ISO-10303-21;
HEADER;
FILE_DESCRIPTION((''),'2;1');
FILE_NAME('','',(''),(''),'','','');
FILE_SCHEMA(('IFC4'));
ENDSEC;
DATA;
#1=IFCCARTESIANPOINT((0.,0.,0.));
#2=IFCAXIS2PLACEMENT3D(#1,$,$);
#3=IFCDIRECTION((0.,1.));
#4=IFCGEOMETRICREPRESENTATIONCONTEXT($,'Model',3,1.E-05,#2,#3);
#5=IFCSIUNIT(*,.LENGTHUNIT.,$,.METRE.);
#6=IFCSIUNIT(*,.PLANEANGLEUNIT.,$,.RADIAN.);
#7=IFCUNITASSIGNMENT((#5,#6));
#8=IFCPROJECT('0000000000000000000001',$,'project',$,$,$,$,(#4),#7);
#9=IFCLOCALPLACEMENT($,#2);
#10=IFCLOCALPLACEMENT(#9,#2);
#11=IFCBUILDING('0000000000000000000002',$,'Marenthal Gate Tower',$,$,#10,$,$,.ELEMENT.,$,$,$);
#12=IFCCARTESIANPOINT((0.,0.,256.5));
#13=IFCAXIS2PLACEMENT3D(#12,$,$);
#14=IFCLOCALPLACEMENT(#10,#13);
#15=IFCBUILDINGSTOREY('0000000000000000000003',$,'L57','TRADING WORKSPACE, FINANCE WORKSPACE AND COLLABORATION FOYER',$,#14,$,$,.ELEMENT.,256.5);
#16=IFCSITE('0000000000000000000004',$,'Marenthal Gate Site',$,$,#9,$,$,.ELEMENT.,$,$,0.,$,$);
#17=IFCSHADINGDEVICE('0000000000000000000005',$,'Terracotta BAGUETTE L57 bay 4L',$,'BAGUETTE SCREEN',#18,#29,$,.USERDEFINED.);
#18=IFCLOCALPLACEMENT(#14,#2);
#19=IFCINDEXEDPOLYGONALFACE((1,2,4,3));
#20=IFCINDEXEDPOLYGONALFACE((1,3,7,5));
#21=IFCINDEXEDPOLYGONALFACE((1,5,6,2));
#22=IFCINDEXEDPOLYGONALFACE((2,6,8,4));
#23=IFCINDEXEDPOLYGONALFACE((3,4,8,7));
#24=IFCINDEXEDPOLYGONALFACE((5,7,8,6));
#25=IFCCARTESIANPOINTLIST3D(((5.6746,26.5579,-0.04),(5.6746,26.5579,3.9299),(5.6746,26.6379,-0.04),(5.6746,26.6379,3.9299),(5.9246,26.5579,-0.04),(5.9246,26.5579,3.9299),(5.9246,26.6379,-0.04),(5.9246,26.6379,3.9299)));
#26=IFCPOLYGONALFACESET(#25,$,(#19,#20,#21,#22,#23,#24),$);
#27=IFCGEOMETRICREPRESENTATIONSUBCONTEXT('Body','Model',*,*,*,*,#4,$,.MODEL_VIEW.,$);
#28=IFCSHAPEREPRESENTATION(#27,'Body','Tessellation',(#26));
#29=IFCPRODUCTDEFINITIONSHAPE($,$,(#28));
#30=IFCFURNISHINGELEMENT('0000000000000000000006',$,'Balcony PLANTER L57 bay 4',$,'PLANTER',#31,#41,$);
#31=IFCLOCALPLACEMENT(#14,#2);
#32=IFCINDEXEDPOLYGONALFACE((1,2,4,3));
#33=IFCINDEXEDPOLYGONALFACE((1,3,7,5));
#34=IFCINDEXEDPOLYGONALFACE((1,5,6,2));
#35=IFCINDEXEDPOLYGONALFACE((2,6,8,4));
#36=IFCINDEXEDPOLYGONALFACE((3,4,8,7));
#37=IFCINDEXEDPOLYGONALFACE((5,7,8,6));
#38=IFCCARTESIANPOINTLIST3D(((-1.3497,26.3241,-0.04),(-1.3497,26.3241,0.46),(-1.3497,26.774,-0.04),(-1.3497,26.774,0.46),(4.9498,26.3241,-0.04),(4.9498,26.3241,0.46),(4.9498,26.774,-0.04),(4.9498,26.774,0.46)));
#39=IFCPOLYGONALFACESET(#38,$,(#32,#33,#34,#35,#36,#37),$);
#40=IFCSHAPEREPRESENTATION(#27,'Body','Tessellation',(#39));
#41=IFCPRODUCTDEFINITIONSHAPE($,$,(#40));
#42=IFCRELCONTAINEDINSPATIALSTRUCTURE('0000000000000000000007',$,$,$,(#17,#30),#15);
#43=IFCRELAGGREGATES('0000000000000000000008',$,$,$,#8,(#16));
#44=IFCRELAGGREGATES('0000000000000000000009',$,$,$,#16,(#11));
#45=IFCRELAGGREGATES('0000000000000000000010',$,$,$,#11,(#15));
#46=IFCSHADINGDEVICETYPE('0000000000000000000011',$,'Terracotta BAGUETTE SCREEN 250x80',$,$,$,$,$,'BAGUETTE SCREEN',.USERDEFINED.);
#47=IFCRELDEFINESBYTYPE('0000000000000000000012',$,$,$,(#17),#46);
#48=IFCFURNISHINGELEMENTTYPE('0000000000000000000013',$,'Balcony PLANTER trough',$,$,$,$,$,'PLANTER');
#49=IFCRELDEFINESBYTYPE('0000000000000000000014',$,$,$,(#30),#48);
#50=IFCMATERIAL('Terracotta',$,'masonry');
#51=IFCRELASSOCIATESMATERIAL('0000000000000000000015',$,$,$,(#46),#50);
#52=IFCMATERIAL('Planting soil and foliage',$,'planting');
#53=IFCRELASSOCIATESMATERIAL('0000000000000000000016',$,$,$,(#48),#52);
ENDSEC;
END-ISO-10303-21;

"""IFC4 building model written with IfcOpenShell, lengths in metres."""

from ifc_helpers import new_model, si_unit, direction, frame, origin, origin_2d, place, context, subcontext, project, spatial, rectangle, extrude, material, material_profile, profile_set, type_object, element, save


model = new_model("IFC4")

# Units and contexts
model_context = context("Model", 3, precision=1e-05, world=origin(), true_north=direction((0.0, 1.0)))
body_context = subcontext(model_context, "Body", "Model", "MODEL_VIEW")
ifc_project = project(units=[si_unit("LENGTHUNIT", "METRE"), si_unit("PLANEANGLEUNIT", "RADIAN")], contexts=[model_context])

# Site, building, storey
site_placement = place(None, origin())
site = spatial("IfcSite", under=ifc_project, at=site_placement, Name="Marenthal Gate Site", CompositionType="ELEMENT", RefElevation=0.0)
building_placement = place(site_placement, origin())
building = spatial("IfcBuilding", under=site, at=building_placement, Name="Marenthal Gate Tower", CompositionType="ELEMENT")
storey_placement = place(building_placement, frame((0.0, 0.0, 256.5)))
storey = spatial("IfcBuildingStorey", under=building, at=storey_placement, Name="L57", Description="TRADING WORKSPACE, FINANCE WORKSPACE AND COLLABORATION FOYER", CompositionType="ELEMENT", Elevation=256.5)

# Shading device
ifc_material_1 = material(Name="Terracotta", Category="masonry")
ifc_material_profile_1 = material_profile(ifc_material_1, rectangle(XDim=0.25, YDim=0.0801, at=origin_2d()), Name="Terracotta baguette 250x80")
ifc_profile_set_1 = profile_set([ifc_material_profile_1], Name="Terracotta")
shading_device_type = type_object("IfcShadingDeviceType", Name="Terracotta BAGUETTE SCREEN 250x80", ElementType="BAGUETTE SCREEN", PredefinedType="USERDEFINED", material=ifc_profile_set_1)
shading_device_placement = place(storey_placement, frame((5.7996, 26.5979, -0.04), z_axis=(0.0, 0.0, 1.0), x_axis=(-1.0, 0.0, 0.0)))
element("IfcShadingDevice", 1, at=shading_device_placement, inside=storey, type_object=shading_device_type, Name="Terracotta BAGUETTE L57 bay 4L", ObjectType="BAGUETTE SCREEN", PredefinedType="USERDEFINED", context=body_context, shape_type="SweptSolid", body=[
    extrude(rectangle(XDim=0.25, YDim=0.0801, at=origin_2d()), origin(), (0.0, 0.0, 1.0), 3.97),
])

# Furnishing element
ifc_material_2 = material(Name="Planting soil and foliage", Category="planting")
furnishing_element_type = type_object("IfcFurnishingElementType", Name="Balcony PLANTER trough", ElementType="PLANTER", material=ifc_material_2)
furnishing_placement = place(storey_placement, frame((1.8, 26.5491, -0.04), z_axis=(0.0, 0.0, 1.0), x_axis=(-1.0, 0.0, 0.0)))
element("IfcFurnishingElement", 2, at=furnishing_placement, inside=storey, type_object=furnishing_element_type, Name="Balcony PLANTER L57 bay 4", ObjectType="PLANTER", context=body_context, shape_type="SweptSolid", body=[
    extrude(rectangle(XDim=6.2996, YDim=0.45, at=origin_2d()), origin(), (0.0, 0.0, 1.0), 0.5),
])

save(model, "model.ifc")
